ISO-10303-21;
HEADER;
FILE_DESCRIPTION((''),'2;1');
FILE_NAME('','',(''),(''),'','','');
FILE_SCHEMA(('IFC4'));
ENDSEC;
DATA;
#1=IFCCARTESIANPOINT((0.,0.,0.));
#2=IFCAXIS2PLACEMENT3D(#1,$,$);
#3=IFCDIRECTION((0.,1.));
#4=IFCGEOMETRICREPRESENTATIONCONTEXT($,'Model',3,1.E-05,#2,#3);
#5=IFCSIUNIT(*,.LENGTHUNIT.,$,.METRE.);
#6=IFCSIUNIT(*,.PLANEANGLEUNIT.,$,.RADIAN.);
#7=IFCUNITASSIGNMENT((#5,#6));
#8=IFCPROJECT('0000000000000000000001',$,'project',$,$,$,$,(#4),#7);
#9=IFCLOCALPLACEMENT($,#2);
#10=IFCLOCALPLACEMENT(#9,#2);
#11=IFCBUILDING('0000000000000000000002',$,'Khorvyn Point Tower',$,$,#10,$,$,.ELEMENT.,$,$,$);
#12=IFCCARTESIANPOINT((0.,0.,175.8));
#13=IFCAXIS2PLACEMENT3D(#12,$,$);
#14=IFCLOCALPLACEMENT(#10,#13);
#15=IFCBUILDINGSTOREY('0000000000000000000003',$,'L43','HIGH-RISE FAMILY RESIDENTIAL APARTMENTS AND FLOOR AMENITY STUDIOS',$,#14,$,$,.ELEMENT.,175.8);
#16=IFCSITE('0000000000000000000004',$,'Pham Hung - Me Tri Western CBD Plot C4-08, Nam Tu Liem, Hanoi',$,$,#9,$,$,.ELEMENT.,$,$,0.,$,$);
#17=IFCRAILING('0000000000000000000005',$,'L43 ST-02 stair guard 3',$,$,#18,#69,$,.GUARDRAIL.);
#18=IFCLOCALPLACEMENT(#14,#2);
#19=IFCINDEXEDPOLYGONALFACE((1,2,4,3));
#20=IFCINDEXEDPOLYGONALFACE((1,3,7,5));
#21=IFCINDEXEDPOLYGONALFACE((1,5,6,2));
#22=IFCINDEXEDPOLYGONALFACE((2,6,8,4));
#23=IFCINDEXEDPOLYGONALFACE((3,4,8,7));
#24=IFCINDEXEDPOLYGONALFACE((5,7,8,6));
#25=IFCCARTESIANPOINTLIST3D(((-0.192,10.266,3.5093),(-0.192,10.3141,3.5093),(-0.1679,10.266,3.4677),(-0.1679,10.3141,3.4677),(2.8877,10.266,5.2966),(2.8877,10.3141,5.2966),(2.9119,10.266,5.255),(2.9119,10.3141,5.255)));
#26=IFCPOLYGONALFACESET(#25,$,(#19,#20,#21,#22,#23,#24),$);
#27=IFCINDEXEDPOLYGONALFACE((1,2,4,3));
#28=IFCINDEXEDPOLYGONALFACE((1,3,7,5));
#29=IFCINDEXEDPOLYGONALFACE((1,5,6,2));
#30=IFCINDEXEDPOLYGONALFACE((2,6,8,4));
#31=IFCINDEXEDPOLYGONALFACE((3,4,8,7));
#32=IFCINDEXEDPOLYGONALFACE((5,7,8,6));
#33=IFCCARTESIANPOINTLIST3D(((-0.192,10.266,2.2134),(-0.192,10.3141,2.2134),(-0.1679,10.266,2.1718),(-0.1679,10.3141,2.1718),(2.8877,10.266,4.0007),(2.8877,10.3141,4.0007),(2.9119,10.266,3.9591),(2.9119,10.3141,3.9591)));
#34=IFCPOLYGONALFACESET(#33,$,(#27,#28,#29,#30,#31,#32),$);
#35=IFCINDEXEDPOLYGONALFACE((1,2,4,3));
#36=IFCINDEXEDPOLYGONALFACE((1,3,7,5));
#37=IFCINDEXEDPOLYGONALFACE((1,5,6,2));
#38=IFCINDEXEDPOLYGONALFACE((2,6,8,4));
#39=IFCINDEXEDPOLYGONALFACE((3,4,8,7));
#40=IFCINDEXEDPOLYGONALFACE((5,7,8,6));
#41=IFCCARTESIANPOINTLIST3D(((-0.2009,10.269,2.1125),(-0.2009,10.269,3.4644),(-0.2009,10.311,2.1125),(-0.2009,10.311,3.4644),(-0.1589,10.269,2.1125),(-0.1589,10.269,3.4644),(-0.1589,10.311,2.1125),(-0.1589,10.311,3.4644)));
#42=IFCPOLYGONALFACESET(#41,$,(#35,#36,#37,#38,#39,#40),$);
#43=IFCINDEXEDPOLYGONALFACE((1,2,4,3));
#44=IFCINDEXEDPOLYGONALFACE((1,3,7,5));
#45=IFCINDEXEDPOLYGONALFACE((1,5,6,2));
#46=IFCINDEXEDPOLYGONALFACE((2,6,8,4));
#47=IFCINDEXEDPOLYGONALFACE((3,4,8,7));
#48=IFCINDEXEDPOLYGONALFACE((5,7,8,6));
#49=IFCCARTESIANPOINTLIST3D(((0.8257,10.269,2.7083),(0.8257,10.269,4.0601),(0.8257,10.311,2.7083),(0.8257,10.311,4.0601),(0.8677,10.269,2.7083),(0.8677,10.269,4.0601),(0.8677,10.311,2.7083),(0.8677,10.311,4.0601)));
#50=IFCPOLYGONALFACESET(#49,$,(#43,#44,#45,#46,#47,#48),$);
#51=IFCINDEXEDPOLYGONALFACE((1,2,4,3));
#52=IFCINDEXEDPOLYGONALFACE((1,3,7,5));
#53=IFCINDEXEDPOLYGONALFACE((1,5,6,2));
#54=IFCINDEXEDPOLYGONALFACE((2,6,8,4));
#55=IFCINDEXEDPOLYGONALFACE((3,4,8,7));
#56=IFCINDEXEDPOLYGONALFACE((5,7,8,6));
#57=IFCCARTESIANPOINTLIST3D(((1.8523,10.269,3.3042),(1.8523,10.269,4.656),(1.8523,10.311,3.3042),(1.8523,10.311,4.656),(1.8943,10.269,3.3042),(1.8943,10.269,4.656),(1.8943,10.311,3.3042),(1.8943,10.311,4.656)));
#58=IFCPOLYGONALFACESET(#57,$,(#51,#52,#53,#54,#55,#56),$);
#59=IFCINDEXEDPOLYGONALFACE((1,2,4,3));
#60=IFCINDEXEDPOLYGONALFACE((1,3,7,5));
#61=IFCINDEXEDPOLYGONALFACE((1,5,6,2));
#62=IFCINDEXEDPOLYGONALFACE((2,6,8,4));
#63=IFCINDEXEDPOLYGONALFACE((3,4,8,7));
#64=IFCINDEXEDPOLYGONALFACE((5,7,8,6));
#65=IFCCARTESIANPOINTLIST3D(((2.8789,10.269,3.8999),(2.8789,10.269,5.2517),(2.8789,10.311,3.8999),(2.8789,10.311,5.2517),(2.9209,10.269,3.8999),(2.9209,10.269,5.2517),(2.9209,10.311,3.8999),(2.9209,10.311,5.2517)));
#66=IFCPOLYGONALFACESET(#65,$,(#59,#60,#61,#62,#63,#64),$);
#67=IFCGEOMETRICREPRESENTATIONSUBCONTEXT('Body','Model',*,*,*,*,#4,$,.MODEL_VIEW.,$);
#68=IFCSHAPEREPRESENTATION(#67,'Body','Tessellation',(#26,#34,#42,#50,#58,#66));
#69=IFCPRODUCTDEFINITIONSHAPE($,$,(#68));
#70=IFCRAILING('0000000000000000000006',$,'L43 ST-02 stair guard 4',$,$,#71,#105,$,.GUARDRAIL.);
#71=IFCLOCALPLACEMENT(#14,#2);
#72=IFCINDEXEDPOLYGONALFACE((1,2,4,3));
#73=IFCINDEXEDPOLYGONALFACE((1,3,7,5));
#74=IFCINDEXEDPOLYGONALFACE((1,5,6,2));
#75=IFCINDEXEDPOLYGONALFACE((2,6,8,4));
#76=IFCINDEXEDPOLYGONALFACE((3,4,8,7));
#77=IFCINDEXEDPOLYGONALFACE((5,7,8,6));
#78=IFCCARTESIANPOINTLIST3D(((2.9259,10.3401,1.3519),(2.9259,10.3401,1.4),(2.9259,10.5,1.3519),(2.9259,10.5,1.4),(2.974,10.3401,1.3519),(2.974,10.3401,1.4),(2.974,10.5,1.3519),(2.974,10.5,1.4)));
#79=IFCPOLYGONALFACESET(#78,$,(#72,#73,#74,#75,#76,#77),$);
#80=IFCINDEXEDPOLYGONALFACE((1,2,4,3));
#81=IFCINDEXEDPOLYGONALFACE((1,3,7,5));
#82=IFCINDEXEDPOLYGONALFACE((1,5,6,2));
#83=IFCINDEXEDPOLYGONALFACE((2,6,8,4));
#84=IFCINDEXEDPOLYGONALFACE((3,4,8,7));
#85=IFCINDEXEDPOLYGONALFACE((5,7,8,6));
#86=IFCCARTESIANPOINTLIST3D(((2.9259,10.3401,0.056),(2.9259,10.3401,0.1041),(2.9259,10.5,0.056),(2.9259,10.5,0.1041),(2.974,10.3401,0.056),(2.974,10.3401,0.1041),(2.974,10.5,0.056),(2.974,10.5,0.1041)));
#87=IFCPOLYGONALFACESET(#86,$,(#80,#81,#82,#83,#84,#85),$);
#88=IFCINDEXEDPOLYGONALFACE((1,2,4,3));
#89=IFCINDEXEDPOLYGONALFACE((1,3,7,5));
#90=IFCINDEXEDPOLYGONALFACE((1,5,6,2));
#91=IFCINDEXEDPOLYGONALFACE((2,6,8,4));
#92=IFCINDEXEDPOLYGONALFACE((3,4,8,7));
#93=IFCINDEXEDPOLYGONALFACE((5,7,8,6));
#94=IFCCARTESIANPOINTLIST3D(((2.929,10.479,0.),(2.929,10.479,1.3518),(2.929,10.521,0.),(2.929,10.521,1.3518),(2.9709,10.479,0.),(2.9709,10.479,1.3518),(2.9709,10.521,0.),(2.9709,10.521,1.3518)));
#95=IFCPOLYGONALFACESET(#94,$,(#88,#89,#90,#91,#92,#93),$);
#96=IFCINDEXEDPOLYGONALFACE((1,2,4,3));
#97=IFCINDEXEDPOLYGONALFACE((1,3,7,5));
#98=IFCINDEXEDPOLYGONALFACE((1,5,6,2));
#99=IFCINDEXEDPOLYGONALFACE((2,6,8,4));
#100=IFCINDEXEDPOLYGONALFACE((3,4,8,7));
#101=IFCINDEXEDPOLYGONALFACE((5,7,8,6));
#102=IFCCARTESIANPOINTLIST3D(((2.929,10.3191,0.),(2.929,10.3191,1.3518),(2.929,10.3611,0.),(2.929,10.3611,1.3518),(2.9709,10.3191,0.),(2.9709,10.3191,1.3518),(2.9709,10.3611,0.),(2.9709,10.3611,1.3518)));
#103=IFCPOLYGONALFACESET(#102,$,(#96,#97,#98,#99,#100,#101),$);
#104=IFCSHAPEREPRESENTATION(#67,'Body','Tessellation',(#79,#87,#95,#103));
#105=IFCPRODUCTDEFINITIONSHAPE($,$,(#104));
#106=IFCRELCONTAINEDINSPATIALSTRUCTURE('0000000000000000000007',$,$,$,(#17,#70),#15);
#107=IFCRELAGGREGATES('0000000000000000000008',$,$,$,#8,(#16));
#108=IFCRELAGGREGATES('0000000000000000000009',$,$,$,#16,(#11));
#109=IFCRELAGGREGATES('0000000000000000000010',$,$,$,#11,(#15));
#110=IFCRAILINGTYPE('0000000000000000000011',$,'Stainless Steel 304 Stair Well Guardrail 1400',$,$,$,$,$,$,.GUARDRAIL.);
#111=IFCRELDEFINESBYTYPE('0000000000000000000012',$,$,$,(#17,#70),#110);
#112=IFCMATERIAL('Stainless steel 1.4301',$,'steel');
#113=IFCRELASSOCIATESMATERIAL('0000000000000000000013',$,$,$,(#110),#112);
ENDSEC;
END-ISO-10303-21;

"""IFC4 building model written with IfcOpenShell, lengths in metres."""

from ifc_helpers import new_model, si_unit, direction, frame, origin, origin_2d, place, context, subcontext, project, spatial, rectangle, extrude, material, type_object, element, save


model = new_model("IFC4")

# Units and contexts
model_context = context("Model", 3, precision=1e-05, world=origin(), true_north=direction((0.0, 1.0)))
body_context = subcontext(model_context, "Body", "Model", "MODEL_VIEW")
ifc_project = project(units=[si_unit("LENGTHUNIT", "METRE"), si_unit("PLANEANGLEUNIT", "RADIAN")], contexts=[model_context])

# Site, building, storey
site_placement = place(None, origin())
site = spatial("IfcSite", under=ifc_project, at=site_placement, Name="Pham Hung - Me Tri Western CBD Plot C4-08, Nam Tu Liem, Hanoi", CompositionType="ELEMENT", RefElevation=0.0)
building_placement = place(site_placement, origin())
building = spatial("IfcBuilding", under=site, at=building_placement, Name="Khorvyn Point Tower", CompositionType="ELEMENT")
storey_placement = place(building_placement, frame((0.0, 0.0, 175.8)))
storey = spatial("IfcBuildingStorey", under=building, at=storey_placement, Name="L43", Description="HIGH-RISE FAMILY RESIDENTIAL APARTMENTS AND FLOOR AMENITY STUDIOS", CompositionType="ELEMENT", Elevation=175.8)

# Shared definitions
ifc_material_1 = material(Name="Stainless steel 1.4301", Category="steel")

# Railings
railing_type_1 = type_object("IfcRailingType", Name="Stainless Steel 304 Stair Well Guardrail 1400", PredefinedType="GUARDRAIL", material=ifc_material_1)
railing_1_placement = place(storey_placement, frame((-0.1799, 10.29, 2.1125)))
element("IfcRailing", 1, at=railing_1_placement, inside=storey, type_object=railing_type_1, Name="L43 ST-02 stair guard 3", PredefinedType="GUARDRAIL", context=body_context, shape_type="SweptSolid", body=[
    extrude(rectangle(XDim=0.0481, YDim=0.0481, at=origin_2d()), frame((0.0, 0.0, 1.376), z_axis=(0.864903, 0.0, 0.501939), x_axis=(0.0, 1.0, 0.0)), (0.0, 0.0, 1.0), 3.5608),
    extrude(rectangle(XDim=0.0481, YDim=0.0481, at=origin_2d()), frame((0.0, 0.0, 0.0801), z_axis=(0.864903, 0.0, 0.501939), x_axis=(0.0, 1.0, 0.0)), (0.0, 0.0, 1.0), 3.5608),
    extrude(rectangle(XDim=0.042, YDim=0.042, at=origin_2d()), origin(), (0.0, 0.0, 1.0), 1.3518),
    extrude(rectangle(XDim=0.042, YDim=0.042, at=origin_2d()), frame((1.0266, 0.0, 0.5957)), (0.0, 0.0, 1.0), 1.3518),
    extrude(rectangle(XDim=0.042, YDim=0.042, at=origin_2d()), frame((2.0532, 0.0, 1.1917)), (0.0, 0.0, 1.0), 1.3518),
    extrude(rectangle(XDim=0.042, YDim=0.042, at=origin_2d()), frame((3.0798, 0.0, 1.7874)), (0.0, 0.0, 1.0), 1.3518),
])
railing_2_placement = place(storey_placement, frame((2.95, 10.5, 0.0)))
element("IfcRailing", 2, at=railing_2_placement, inside=storey, type_object=railing_type_1, Name="L43 ST-02 stair guard 4", PredefinedType="GUARDRAIL", context=body_context, shape_type="SweptSolid", body=[
    extrude(rectangle(XDim=0.0481, YDim=0.0481, at=origin_2d()), frame((0.0, 0.0, 1.376), z_axis=(0.0, -1.0, 0.0), x_axis=(1.0, 0.0, 0.0)), (0.0, 0.0, 1.0), 0.1599),
    extrude(rectangle(XDim=0.0481, YDim=0.0481, at=origin_2d()), frame((0.0, 0.0, 0.0801), z_axis=(0.0, -1.0, 0.0), x_axis=(1.0, 0.0, 0.0)), (0.0, 0.0, 1.0), 0.1599),
    extrude(rectangle(XDim=0.042, YDim=0.042, at=origin_2d()), origin(), (0.0, 0.0, 1.0), 1.3518),
    extrude(rectangle(XDim=0.042, YDim=0.042, at=origin_2d()), frame((0.0, -0.1599, 0.0)), (0.0, 0.0, 1.0), 1.3518),
])

save(model, "model.ifc")
